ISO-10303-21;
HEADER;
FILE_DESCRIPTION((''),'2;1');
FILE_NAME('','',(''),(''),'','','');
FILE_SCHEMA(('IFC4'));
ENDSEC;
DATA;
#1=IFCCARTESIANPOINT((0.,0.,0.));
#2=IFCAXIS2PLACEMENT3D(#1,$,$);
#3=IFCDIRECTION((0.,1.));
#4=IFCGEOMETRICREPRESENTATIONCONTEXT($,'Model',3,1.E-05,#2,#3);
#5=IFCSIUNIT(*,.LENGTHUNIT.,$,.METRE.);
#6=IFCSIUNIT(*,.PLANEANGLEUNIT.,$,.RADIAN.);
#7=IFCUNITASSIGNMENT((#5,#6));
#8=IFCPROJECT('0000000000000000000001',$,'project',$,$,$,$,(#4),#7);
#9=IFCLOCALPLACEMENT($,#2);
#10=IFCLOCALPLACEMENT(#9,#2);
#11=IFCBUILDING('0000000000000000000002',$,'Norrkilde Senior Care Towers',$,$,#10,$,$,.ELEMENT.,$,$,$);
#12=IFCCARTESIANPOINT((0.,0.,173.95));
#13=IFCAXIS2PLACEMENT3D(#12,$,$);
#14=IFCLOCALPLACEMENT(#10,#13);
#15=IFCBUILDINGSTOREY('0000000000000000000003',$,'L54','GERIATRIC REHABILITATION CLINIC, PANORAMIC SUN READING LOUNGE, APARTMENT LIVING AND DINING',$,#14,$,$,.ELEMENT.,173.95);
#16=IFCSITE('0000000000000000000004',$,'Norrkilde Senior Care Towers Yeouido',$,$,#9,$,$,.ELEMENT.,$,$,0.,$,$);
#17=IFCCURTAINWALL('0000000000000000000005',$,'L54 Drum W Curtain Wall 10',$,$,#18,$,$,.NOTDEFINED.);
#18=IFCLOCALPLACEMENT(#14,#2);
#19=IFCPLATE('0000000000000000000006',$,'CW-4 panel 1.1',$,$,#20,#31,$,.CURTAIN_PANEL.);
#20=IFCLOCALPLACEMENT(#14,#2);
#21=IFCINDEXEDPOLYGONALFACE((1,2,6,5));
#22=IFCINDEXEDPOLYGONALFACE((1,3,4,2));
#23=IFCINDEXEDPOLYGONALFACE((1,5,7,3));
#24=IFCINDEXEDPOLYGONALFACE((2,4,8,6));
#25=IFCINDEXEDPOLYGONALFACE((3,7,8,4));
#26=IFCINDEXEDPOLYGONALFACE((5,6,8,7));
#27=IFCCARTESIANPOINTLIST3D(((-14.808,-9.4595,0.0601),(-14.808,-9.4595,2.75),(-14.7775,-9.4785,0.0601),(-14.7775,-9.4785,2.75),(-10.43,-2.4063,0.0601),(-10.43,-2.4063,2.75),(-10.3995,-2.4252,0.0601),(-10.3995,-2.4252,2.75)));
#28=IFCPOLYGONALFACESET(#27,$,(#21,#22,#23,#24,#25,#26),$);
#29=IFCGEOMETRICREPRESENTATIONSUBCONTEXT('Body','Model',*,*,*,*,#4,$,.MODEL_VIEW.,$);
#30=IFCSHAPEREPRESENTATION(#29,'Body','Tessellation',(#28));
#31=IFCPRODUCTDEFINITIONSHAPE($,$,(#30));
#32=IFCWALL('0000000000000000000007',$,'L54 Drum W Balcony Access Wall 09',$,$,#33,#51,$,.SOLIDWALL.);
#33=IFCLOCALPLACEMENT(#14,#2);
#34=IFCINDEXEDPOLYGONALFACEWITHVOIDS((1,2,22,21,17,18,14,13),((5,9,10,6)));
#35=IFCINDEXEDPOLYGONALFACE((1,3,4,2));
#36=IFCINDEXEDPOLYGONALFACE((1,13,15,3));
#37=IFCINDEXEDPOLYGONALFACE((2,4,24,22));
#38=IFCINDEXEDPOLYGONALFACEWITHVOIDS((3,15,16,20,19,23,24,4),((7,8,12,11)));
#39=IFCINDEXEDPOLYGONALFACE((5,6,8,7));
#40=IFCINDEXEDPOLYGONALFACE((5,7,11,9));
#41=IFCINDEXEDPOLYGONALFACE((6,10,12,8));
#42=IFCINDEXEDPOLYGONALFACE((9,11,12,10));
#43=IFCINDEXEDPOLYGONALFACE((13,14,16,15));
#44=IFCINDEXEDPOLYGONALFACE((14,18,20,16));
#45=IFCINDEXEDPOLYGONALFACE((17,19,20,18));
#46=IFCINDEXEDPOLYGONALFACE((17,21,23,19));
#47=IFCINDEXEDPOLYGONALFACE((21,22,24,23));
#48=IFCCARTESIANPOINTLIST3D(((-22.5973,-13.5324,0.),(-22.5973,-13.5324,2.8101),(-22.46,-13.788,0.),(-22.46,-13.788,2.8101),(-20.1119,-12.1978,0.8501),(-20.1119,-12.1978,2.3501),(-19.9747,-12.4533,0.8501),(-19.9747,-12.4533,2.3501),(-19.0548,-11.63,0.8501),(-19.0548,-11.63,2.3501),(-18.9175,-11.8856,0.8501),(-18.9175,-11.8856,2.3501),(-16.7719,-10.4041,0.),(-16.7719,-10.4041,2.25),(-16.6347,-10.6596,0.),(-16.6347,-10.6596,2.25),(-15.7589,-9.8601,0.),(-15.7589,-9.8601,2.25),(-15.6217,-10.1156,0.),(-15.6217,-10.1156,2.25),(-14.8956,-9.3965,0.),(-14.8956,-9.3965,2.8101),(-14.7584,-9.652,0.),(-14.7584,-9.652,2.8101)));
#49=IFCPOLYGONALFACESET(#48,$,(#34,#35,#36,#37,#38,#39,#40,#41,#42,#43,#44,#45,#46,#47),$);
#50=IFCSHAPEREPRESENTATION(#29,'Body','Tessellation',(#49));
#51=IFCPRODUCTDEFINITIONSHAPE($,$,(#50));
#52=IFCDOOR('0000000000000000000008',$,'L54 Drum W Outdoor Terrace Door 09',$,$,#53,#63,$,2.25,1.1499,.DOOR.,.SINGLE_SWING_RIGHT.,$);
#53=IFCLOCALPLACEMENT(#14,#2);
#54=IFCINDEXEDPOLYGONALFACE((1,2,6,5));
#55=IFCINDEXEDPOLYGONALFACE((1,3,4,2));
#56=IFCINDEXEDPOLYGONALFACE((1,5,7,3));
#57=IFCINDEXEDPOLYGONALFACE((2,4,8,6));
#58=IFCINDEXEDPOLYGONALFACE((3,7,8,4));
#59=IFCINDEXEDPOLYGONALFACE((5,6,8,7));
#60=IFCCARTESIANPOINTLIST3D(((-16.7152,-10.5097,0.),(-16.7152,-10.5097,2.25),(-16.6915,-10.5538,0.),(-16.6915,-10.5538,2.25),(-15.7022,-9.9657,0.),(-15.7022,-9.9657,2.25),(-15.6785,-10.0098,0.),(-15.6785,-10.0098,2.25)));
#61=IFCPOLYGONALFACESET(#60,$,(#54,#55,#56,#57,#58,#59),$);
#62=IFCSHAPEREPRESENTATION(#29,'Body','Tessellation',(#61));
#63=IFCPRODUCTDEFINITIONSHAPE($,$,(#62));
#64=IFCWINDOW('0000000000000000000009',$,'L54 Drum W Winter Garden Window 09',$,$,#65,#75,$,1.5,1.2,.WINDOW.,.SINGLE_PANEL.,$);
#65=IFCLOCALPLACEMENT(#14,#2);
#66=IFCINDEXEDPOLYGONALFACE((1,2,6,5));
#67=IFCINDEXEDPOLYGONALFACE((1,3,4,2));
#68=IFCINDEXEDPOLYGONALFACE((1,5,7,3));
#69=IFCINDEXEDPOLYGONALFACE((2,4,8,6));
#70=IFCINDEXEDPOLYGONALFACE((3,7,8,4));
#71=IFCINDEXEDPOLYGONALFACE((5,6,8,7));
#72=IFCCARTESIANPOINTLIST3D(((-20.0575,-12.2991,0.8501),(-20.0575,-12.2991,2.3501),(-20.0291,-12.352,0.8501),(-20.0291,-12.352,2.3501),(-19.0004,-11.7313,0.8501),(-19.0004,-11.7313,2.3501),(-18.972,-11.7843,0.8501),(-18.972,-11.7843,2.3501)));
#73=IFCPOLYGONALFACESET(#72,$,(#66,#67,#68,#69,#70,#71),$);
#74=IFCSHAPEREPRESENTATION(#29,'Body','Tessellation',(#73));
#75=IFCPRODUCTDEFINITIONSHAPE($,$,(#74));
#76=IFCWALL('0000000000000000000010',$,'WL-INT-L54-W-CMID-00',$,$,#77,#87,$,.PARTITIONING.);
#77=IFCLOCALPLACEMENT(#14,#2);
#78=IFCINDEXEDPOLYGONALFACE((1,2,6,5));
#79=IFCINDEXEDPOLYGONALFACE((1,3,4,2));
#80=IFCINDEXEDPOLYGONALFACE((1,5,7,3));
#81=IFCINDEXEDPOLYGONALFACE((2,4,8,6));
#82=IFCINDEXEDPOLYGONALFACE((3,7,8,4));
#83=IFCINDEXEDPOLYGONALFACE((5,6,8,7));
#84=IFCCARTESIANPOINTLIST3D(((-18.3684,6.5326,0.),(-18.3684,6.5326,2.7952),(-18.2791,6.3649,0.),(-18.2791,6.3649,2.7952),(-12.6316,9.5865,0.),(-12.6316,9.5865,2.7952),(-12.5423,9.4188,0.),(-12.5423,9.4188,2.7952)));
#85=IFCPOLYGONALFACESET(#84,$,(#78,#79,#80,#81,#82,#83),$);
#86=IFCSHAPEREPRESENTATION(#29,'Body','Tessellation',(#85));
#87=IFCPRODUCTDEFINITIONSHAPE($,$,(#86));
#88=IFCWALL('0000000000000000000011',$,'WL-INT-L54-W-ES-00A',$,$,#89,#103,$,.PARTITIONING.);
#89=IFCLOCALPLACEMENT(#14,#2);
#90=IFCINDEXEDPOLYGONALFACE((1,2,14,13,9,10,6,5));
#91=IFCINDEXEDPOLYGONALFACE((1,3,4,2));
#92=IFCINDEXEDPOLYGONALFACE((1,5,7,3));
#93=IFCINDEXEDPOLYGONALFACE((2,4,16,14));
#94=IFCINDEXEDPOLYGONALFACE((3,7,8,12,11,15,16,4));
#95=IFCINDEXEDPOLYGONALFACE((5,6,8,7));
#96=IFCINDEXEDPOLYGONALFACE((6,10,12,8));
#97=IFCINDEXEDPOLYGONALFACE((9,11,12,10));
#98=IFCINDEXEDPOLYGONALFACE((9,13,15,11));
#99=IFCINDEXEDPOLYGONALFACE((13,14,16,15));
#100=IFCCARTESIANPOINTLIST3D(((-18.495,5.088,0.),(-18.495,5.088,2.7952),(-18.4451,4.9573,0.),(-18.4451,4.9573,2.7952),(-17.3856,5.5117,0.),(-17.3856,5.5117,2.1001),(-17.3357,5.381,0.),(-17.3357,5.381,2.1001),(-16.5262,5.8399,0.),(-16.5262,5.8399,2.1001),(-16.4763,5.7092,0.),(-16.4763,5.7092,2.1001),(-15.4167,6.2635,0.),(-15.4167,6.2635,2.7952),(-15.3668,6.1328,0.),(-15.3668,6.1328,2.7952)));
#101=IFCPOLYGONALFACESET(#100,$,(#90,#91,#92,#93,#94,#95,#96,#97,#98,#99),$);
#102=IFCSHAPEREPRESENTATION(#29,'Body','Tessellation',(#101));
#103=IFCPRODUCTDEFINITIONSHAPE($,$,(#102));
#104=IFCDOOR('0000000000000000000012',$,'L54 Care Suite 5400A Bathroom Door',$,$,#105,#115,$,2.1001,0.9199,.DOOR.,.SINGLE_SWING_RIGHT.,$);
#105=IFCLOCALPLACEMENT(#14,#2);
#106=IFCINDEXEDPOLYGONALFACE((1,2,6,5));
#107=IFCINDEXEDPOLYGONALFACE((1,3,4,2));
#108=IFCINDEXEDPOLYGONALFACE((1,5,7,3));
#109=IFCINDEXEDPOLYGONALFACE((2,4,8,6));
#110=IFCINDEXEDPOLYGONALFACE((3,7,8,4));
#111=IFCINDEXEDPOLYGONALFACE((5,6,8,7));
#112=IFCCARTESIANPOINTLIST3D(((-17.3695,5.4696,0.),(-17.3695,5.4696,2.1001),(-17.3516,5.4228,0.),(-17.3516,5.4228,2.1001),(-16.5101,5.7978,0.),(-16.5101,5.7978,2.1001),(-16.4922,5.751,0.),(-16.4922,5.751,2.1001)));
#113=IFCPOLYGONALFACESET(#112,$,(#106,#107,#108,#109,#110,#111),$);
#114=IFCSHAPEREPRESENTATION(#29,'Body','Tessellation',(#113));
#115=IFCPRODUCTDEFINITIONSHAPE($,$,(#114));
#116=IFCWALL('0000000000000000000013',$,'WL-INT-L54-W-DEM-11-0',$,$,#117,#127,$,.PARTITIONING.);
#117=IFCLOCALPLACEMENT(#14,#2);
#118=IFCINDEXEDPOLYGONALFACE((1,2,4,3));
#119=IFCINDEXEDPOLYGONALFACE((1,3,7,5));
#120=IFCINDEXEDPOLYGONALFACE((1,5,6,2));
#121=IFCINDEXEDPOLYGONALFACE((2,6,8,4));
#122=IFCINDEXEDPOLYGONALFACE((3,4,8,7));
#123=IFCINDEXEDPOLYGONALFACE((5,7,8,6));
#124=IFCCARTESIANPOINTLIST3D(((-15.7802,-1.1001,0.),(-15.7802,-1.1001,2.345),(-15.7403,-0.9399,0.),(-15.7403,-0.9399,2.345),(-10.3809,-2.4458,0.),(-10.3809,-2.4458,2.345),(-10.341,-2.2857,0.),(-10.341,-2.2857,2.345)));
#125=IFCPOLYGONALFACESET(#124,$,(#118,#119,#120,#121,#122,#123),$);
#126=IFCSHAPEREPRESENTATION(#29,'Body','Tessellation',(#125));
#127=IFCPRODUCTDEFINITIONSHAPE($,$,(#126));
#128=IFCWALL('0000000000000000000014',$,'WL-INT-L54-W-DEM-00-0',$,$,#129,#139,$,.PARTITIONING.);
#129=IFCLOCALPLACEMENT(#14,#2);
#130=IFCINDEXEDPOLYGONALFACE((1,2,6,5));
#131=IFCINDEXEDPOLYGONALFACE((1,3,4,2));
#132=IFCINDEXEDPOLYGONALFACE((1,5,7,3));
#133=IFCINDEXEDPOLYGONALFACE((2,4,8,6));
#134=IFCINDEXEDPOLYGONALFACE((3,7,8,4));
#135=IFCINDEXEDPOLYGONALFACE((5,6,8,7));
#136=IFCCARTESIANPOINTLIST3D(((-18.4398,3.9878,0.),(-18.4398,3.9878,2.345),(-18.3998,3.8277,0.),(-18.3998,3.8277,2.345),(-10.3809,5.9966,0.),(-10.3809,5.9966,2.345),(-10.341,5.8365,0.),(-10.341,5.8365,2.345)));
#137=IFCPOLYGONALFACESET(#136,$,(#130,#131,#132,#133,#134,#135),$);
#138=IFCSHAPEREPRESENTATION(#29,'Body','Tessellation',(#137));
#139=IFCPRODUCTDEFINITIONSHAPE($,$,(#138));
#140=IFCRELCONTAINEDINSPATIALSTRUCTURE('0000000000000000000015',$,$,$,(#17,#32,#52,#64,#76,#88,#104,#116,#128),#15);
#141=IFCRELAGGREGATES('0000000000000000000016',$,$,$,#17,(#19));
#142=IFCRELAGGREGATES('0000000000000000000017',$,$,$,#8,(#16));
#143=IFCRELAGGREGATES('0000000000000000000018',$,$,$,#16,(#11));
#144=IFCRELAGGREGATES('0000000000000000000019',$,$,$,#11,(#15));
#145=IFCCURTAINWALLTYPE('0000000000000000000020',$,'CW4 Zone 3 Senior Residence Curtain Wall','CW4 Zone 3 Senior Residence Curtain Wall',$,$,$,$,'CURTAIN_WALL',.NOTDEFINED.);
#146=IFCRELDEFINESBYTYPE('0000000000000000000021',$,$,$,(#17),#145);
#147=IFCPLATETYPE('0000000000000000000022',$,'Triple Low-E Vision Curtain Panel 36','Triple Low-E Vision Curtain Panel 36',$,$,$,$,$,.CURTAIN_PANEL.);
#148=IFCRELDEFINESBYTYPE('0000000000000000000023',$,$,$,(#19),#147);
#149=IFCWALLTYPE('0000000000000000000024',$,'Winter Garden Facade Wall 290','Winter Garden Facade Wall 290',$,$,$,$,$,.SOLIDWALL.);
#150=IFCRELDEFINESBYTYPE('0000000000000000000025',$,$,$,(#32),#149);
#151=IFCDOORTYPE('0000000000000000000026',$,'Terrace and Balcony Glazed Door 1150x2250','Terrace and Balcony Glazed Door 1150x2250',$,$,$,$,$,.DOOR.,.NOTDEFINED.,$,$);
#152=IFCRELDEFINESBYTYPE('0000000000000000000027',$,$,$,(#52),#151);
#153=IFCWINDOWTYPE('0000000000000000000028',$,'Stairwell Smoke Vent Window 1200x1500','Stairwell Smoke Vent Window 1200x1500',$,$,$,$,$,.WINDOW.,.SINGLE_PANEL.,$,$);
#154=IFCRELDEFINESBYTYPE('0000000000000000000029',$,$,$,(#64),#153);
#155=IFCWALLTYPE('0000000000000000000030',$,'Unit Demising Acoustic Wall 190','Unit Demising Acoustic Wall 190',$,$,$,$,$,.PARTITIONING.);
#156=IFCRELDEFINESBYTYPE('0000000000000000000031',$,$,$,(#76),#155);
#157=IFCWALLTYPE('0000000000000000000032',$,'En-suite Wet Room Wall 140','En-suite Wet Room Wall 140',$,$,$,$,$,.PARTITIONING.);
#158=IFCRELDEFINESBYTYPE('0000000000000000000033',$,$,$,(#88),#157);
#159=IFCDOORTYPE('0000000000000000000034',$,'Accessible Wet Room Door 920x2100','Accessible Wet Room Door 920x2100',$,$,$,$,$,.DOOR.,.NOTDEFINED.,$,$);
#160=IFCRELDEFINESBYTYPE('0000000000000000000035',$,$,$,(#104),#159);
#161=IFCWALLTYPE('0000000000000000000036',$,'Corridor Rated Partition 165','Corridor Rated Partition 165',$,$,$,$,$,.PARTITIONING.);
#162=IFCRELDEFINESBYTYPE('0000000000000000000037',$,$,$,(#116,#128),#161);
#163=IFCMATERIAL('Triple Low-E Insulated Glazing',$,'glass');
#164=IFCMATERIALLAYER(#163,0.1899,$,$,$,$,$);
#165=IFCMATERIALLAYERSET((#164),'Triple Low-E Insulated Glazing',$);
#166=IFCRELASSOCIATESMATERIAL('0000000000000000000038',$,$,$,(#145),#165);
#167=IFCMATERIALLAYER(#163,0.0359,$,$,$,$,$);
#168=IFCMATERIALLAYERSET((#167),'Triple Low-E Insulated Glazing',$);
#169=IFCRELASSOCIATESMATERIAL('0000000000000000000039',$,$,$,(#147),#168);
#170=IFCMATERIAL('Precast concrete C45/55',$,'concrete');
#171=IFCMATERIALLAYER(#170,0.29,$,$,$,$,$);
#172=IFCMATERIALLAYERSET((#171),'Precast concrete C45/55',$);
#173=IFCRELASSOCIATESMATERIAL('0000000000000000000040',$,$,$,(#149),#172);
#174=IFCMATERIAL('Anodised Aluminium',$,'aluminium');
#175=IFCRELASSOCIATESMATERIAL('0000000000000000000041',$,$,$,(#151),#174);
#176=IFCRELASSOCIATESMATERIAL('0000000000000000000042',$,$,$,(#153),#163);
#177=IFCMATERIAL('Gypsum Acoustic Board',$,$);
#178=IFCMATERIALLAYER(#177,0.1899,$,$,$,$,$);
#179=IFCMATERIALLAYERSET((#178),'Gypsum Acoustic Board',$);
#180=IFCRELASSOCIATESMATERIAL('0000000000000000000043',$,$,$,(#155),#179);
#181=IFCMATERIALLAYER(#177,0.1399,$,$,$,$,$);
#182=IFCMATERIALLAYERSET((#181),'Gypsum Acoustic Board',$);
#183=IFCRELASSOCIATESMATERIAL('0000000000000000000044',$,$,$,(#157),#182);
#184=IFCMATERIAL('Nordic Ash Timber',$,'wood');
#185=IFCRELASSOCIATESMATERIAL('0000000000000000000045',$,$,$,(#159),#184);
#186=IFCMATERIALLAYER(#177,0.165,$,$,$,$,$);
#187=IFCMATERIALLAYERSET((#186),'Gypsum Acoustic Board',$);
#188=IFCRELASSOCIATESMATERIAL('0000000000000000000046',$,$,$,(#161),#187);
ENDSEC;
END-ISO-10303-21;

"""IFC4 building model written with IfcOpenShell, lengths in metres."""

from ifc_helpers import new_model, si_unit, direction, frame, frame_2d, origin, origin_2d, place, context, subcontext, project, spatial, rectangle, extrude, source, transform, mapped, material, layer, layer_set, type_object, type_shapes, element, fill, aggregate, save


model = new_model("IFC4")

# Units and contexts
model_context = context("Model", 3, precision=1e-05, world=origin(), true_north=direction((0.0, 1.0)))
body_context = subcontext(model_context, "Body", "Model", "MODEL_VIEW")
ifc_project = project(units=[si_unit("LENGTHUNIT", "METRE"), si_unit("PLANEANGLEUNIT", "RADIAN")], contexts=[model_context])

# Site, building, storey
site_placement = place(None, origin())
site = spatial("IfcSite", under=ifc_project, at=site_placement, Name="Norrkilde Senior Care Towers Yeouido", CompositionType="ELEMENT", RefElevation=0.0)
building_placement = place(site_placement, origin())
building = spatial("IfcBuilding", under=site, at=building_placement, Name="Norrkilde Senior Care Towers", CompositionType="ELEMENT")
storey_placement = place(building_placement, frame((0.0, 0.0, 173.95)))
storey = spatial("IfcBuildingStorey", under=building, at=storey_placement, Name="L54", Description="GERIATRIC REHABILITATION CLINIC, PANORAMIC SUN READING LOUNGE, APARTMENT LIVING AND DINING", CompositionType="ELEMENT", Elevation=173.95)

# Curtain wall
ifc_material_1 = material(Name="Triple Low-E Insulated Glazing", Category="glass")
ifc_layer_1 = layer(ifc_material_1, 0.1899)
ifc_layer_set_1 = layer_set([ifc_layer_1], Name="Triple Low-E Insulated Glazing")
curtain_wall_type = type_object("IfcCurtainWallType", Name="CW4 Zone 3 Senior Residence Curtain Wall", Description="CW4 Zone 3 Senior Residence Curtain Wall", ElementType="CURTAIN_WALL", PredefinedType="NOTDEFINED", material=ifc_layer_set_1)
ifc_material_2 = material(Name="Anodised Aluminium", Category="aluminium")
curtain_wall_1_placement = place(storey_placement, origin())
curtain_wall_1 = element("IfcCurtainWall", 1, at=curtain_wall_1_placement, inside=storey, type_object=curtain_wall_type, Name="L54 Drum W Curtain Wall 10", PredefinedType="NOTDEFINED")

# Plate
ifc_layer_2 = layer(ifc_material_1, 0.0359)
ifc_layer_set_2 = layer_set([ifc_layer_2], Name="Triple Low-E Insulated Glazing")
plate_type = type_object("IfcPlateType", Name="Triple Low-E Vision Curtain Panel 36", Description="Triple Low-E Vision Curtain Panel 36", PredefinedType="CURTAIN_PANEL", material=ifc_layer_set_2)
shared_shape_1 = source(origin(), body_context, "Body", "SweptSolid", [
    extrude(rectangle(XDim=8.3015, YDim=0.0359, at=origin_2d()), origin(), (0.0, 0.0, 1.0), 2.6899),
])
type_shapes(plate_type, [shared_shape_1])
plate_1_placement = place(storey_placement, frame((-12.6038, -5.9424, 0.0601), z_axis=(0.0, 0.0, 1.0), x_axis=(-0.527373, -0.849634, 0.0)))
plate_1 = element("IfcPlate", 2, at=plate_1_placement, type_object=plate_type, Name="CW-4 panel 1.1", PredefinedType="CURTAIN_PANEL", context=body_context, shape_type="MappedRepresentation", body=[
    mapped(shared_shape_1, transform((0.0, 0.0, 0.0), x_axis=(1.0, 0.0, 0.0), y_axis=(0.0, 1.0, 0.0), z_axis=(0.0, 0.0, 1.0), scale=1.0)),
])
aggregate(curtain_wall_1, [plate_1])

# Wall, openings, door, window
ifc_material_3 = material(Name="Precast concrete C45/55", Category="concrete")
ifc_layer_3 = layer(ifc_material_3, 0.29)
ifc_layer_set_3 = layer_set([ifc_layer_3], Name="Precast concrete C45/55")
wall_type_1 = type_object("IfcWallType", Name="Winter Garden Facade Wall 290", Description="Winter Garden Facade Wall 290", PredefinedType="SOLIDWALL", material=ifc_layer_set_3)
shared_shape_2 = source(origin(), body_context, "Body", "SweptSolid", [
    extrude(rectangle(XDim=8.7419, YDim=0.29, at=frame_2d((4.3711, 0.0))), origin(), (0.0, 0.0, 1.0), 2.8101),
])
type_shapes(wall_type_1, [shared_shape_2])
wall_1_placement = place(storey_placement, frame((-14.8269, -9.5242, 0.0), z_axis=(0.0, 0.0, 1.0), x_axis=(-0.880999, -0.473119, 0.0)))
wall_1 = element("IfcWall", 3, at=wall_1_placement, inside=storey, type_object=wall_type_1, Name="L54 Drum W Balcony Access Wall 09", PredefinedType="SOLIDWALL", context=body_context, shape_type="MappedRepresentation", body=[
    mapped(shared_shape_2, transform((0.0, 0.0, 0.0), x_axis=(1.0, 0.0, 0.0), y_axis=(0.0, 1.0, 0.0), z_axis=(0.0, 0.0, 1.0), scale=1.0)),
])
opening_1_placement = place(wall_1_placement, frame((0.98, 0.0, 0.0)))
opening_1 = element("IfcOpeningElement", 4, at=opening_1_placement, cuts=wall_1, PredefinedType="OPENING", context=body_context, shape_type="SweptSolid", body=[
    extrude(rectangle(XDim=1.1499, YDim=2.25, at=frame_2d((0.575, 1.125))), frame((0.0, 0.155, 0.0), z_axis=(0.0, -1.0, 0.0), x_axis=(1.0, 0.0, 0.0)), (0.0, 0.0, 1.0), 0.3101),
])
opening_2_placement = place(wall_1_placement, frame((4.7209, 0.0, 0.8501)))
opening_2 = element("IfcOpeningElement", 5, at=opening_2_placement, cuts=wall_1, PredefinedType="OPENING", context=body_context, shape_type="SweptSolid", body=[
    extrude(rectangle(XDim=1.2, YDim=1.5, at=frame_2d((0.6001, 0.75))), frame((0.0, 0.155, 0.0), z_axis=(0.0, -1.0, 0.0), x_axis=(1.0, 0.0, 0.0)), (0.0, 0.0, 1.0), 0.3101),
])
door_type_1 = type_object("IfcDoorType", Name="Terrace and Balcony Glazed Door 1150x2250", Description="Terrace and Balcony Glazed Door 1150x2250", OperationType="NOTDEFINED", PredefinedType="DOOR", material=ifc_material_2)
shared_shape_3 = source(origin(), body_context, "Body", "SweptSolid", [
    extrude(rectangle(XDim=1.1499, YDim=2.25, at=frame_2d((0.575, 1.125))), frame((0.0, 0.0249, 0.0), z_axis=(0.0, -1.0, 0.0), x_axis=(1.0, 0.0, 0.0)), (0.0, 0.0, 1.0), 0.05),
])
type_shapes(door_type_1, [shared_shape_3])
door_1_placement = place(opening_1_placement, origin())
door_1 = element("IfcDoor", 6, at=door_1_placement, inside=storey, type_object=door_type_1, Name="L54 Drum W Outdoor Terrace Door 09", OperationType="SINGLE_SWING_RIGHT", OverallHeight=2.25, OverallWidth=1.1499, PredefinedType="DOOR", context=body_context, shape_type="MappedRepresentation", body=[
    mapped(shared_shape_3, transform((0.0, 0.0, 0.0), x_axis=(1.0, 0.0, 0.0), y_axis=(0.0, 1.0, 0.0), z_axis=(0.0, 0.0, 1.0), scale=1.0)),
])
fill(opening_1, door_1)
window_type = type_object("IfcWindowType", Name="Stairwell Smoke Vent Window 1200x1500", Description="Stairwell Smoke Vent Window 1200x1500", PartitioningType="SINGLE_PANEL", PredefinedType="WINDOW", material=ifc_material_1)
shared_shape_4 = source(origin(), body_context, "Body", "SweptSolid", [
    extrude(rectangle(XDim=1.2, YDim=1.5, at=frame_2d((0.6001, 0.75))), frame((0.0, 0.03, 0.0), z_axis=(0.0, -1.0, 0.0), x_axis=(1.0, 0.0, 0.0)), (0.0, 0.0, 1.0), 0.0601),
])
type_shapes(window_type, [shared_shape_4])
window_placement = place(opening_2_placement, origin())
window = element("IfcWindow", 7, at=window_placement, inside=storey, type_object=window_type, Name="L54 Drum W Winter Garden Window 09", OverallHeight=1.5, OverallWidth=1.2, PartitioningType="SINGLE_PANEL", PredefinedType="WINDOW", context=body_context, shape_type="MappedRepresentation", body=[
    mapped(shared_shape_4, transform((0.0, 0.0, 0.0), x_axis=(1.0, 0.0, 0.0), y_axis=(0.0, 1.0, 0.0), z_axis=(0.0, 0.0, 1.0), scale=1.0)),
])
fill(opening_2, window)

# Wall
ifc_material_4 = material(Name="Gypsum Acoustic Board")
ifc_layer_4 = layer(ifc_material_4, 0.1899)
ifc_layer_set_4 = layer_set([ifc_layer_4], Name="Gypsum Acoustic Board")
wall_type_2 = type_object("IfcWallType", Name="Unit Demising Acoustic Wall 190", Description="Unit Demising Acoustic Wall 190", PredefinedType="PARTITIONING", material=ifc_layer_set_4)
shared_shape_5 = source(origin(), body_context, "Body", "SweptSolid", [
    extrude(rectangle(XDim=6.499, YDim=0.1899, at=frame_2d((3.2495, 0.0))), origin(), (0.0, 0.0, 1.0), 2.7952),
])
type_shapes(wall_type_2, [shared_shape_5])
wall_2_placement = place(storey_placement, frame((-18.3237, 6.4487, 0.0), z_axis=(0.0, 0.0, 1.0), x_axis=(0.882716, 0.469908, 0.0)))
element("IfcWall", 8, at=wall_2_placement, inside=storey, type_object=wall_type_2, Name="WL-INT-L54-W-CMID-00", PredefinedType="PARTITIONING", context=body_context, shape_type="MappedRepresentation", body=[
    mapped(shared_shape_5, transform((0.0, 0.0, 0.0), x_axis=(1.0, 0.0, 0.0), y_axis=(0.0, 1.0, 0.0), z_axis=(0.0, 0.0, 1.0), scale=1.0)),
])

# Wall, opening, door
ifc_layer_5 = layer(ifc_material_4, 0.1399)
ifc_layer_set_5 = layer_set([ifc_layer_5], Name="Gypsum Acoustic Board")
wall_type_3 = type_object("IfcWallType", Name="En-suite Wet Room Wall 140", Description="En-suite Wet Room Wall 140", PredefinedType="PARTITIONING", material=ifc_layer_set_5)
shared_shape_6 = source(origin(), body_context, "Body", "SweptSolid", [
    extrude(rectangle(XDim=3.2952, YDim=0.1399, at=frame_2d((1.6475, 0.0))), origin(), (0.0, 0.0, 1.0), 2.7952),
])
wall_3_placement = place(storey_placement, frame((-18.47, 5.0227, 0.0), z_axis=(0.0, 0.0, 1.0), x_axis=(0.934202, 0.356744, 0.0)))
wall_3 = element("IfcWall", 9, at=wall_3_placement, inside=storey, type_object=wall_type_3, Name="WL-INT-L54-W-ES-00A", PredefinedType="PARTITIONING", context=body_context, shape_type="MappedRepresentation", body=[
    mapped(shared_shape_6, transform((0.0, 0.0, 0.0), x_axis=(1.0, 0.0, 0.0), y_axis=(0.0, 1.0, 0.0), z_axis=(0.0, 0.0, 1.0), scale=1.0)),
])
opening_3_placement = place(wall_3_placement, frame((1.1875, 0.0, 0.0)))
opening_3 = element("IfcOpeningElement", 10, at=opening_3_placement, cuts=wall_3, PredefinedType="OPENING", context=body_context, shape_type="SweptSolid", body=[
    extrude(rectangle(XDim=0.9199, YDim=2.1001, at=frame_2d((0.46, 1.05))), frame((0.0, 0.0798, 0.0), z_axis=(0.0, -1.0, 0.0), x_axis=(1.0, 0.0, 0.0)), (0.0, 0.0, 1.0), 0.1599),
])
ifc_material_5 = material(Name="Nordic Ash Timber", Category="wood")
door_type_2 = type_object("IfcDoorType", Name="Accessible Wet Room Door 920x2100", Description="Accessible Wet Room Door 920x2100", OperationType="NOTDEFINED", PredefinedType="DOOR", material=ifc_material_5)
shared_shape_7 = source(origin(), body_context, "Body", "SweptSolid", [
    extrude(rectangle(XDim=0.9199, YDim=2.1001, at=frame_2d((0.46, 1.05))), frame((0.0, 0.0249, 0.0), z_axis=(0.0, -1.0, 0.0), x_axis=(1.0, 0.0, 0.0)), (0.0, 0.0, 1.0), 0.05),
])
type_shapes(door_type_2, [shared_shape_7])
door_2_placement = place(opening_3_placement, origin())
door_2 = element("IfcDoor", 11, at=door_2_placement, inside=storey, type_object=door_type_2, Name="L54 Care Suite 5400A Bathroom Door", OperationType="SINGLE_SWING_RIGHT", OverallHeight=2.1001, OverallWidth=0.9199, PredefinedType="DOOR", context=body_context, shape_type="MappedRepresentation", body=[
    mapped(shared_shape_7, transform((0.0, 0.0, 0.0), x_axis=(1.0, 0.0, 0.0), y_axis=(0.0, 1.0, 0.0), z_axis=(0.0, 0.0, 1.0), scale=1.0)),
])
fill(opening_3, door_2)

# Walls
ifc_layer_6 = layer(ifc_material_4, 0.165)
ifc_layer_set_6 = layer_set([ifc_layer_6], Name="Gypsum Acoustic Board")
wall_type_4 = type_object("IfcWallType", Name="Corridor Rated Partition 165", Description="Corridor Rated Partition 165", PredefinedType="PARTITIONING", material=ifc_layer_set_6)
shared_shape_8 = source(origin(), body_context, "Body", "SweptSolid", [
    extrude(rectangle(XDim=5.5645, YDim=0.165, at=frame_2d((2.7822, 0.0))), origin(), (0.0, 0.0, 1.0), 2.345),
])
wall_4_placement = place(storey_placement, frame((-15.7603, -1.02, 0.0), z_axis=(0.0, 0.0, 1.0), x_axis=(0.970315, -0.241844, 0.0)))
element("IfcWall", 12, at=wall_4_placement, inside=storey, type_object=wall_type_4, Name="WL-INT-L54-W-DEM-11-0", PredefinedType="PARTITIONING", context=body_context, shape_type="MappedRepresentation", body=[
    mapped(shared_shape_8, transform((0.0, 0.0, 0.0), x_axis=(1.0, 0.0, 0.0), y_axis=(0.0, 1.0, 0.0), z_axis=(0.0, 0.0, 1.0), scale=1.0)),
])
shared_shape_9 = source(origin(), body_context, "Body", "SweptSolid", [
    extrude(rectangle(XDim=8.3054, YDim=0.165, at=frame_2d((4.1528, 0.0))), origin(), (0.0, 0.0, 1.0), 2.345),
])
wall_5_placement = place(storey_placement, frame((-18.4199, 3.9077, 0.0), z_axis=(0.0, 0.0, 1.0), x_axis=(0.97031, 0.241865, 0.0)))
element("IfcWall", 13, at=wall_5_placement, inside=storey, type_object=wall_type_4, Name="WL-INT-L54-W-DEM-00-0", PredefinedType="PARTITIONING", context=body_context, shape_type="MappedRepresentation", body=[
    mapped(shared_shape_9, transform((0.0, 0.0, 0.0), x_axis=(1.0, 0.0, 0.0), y_axis=(0.0, 1.0, 0.0), z_axis=(0.0, 0.0, 1.0), scale=1.0)),
])

save(model, "model.ifc")
